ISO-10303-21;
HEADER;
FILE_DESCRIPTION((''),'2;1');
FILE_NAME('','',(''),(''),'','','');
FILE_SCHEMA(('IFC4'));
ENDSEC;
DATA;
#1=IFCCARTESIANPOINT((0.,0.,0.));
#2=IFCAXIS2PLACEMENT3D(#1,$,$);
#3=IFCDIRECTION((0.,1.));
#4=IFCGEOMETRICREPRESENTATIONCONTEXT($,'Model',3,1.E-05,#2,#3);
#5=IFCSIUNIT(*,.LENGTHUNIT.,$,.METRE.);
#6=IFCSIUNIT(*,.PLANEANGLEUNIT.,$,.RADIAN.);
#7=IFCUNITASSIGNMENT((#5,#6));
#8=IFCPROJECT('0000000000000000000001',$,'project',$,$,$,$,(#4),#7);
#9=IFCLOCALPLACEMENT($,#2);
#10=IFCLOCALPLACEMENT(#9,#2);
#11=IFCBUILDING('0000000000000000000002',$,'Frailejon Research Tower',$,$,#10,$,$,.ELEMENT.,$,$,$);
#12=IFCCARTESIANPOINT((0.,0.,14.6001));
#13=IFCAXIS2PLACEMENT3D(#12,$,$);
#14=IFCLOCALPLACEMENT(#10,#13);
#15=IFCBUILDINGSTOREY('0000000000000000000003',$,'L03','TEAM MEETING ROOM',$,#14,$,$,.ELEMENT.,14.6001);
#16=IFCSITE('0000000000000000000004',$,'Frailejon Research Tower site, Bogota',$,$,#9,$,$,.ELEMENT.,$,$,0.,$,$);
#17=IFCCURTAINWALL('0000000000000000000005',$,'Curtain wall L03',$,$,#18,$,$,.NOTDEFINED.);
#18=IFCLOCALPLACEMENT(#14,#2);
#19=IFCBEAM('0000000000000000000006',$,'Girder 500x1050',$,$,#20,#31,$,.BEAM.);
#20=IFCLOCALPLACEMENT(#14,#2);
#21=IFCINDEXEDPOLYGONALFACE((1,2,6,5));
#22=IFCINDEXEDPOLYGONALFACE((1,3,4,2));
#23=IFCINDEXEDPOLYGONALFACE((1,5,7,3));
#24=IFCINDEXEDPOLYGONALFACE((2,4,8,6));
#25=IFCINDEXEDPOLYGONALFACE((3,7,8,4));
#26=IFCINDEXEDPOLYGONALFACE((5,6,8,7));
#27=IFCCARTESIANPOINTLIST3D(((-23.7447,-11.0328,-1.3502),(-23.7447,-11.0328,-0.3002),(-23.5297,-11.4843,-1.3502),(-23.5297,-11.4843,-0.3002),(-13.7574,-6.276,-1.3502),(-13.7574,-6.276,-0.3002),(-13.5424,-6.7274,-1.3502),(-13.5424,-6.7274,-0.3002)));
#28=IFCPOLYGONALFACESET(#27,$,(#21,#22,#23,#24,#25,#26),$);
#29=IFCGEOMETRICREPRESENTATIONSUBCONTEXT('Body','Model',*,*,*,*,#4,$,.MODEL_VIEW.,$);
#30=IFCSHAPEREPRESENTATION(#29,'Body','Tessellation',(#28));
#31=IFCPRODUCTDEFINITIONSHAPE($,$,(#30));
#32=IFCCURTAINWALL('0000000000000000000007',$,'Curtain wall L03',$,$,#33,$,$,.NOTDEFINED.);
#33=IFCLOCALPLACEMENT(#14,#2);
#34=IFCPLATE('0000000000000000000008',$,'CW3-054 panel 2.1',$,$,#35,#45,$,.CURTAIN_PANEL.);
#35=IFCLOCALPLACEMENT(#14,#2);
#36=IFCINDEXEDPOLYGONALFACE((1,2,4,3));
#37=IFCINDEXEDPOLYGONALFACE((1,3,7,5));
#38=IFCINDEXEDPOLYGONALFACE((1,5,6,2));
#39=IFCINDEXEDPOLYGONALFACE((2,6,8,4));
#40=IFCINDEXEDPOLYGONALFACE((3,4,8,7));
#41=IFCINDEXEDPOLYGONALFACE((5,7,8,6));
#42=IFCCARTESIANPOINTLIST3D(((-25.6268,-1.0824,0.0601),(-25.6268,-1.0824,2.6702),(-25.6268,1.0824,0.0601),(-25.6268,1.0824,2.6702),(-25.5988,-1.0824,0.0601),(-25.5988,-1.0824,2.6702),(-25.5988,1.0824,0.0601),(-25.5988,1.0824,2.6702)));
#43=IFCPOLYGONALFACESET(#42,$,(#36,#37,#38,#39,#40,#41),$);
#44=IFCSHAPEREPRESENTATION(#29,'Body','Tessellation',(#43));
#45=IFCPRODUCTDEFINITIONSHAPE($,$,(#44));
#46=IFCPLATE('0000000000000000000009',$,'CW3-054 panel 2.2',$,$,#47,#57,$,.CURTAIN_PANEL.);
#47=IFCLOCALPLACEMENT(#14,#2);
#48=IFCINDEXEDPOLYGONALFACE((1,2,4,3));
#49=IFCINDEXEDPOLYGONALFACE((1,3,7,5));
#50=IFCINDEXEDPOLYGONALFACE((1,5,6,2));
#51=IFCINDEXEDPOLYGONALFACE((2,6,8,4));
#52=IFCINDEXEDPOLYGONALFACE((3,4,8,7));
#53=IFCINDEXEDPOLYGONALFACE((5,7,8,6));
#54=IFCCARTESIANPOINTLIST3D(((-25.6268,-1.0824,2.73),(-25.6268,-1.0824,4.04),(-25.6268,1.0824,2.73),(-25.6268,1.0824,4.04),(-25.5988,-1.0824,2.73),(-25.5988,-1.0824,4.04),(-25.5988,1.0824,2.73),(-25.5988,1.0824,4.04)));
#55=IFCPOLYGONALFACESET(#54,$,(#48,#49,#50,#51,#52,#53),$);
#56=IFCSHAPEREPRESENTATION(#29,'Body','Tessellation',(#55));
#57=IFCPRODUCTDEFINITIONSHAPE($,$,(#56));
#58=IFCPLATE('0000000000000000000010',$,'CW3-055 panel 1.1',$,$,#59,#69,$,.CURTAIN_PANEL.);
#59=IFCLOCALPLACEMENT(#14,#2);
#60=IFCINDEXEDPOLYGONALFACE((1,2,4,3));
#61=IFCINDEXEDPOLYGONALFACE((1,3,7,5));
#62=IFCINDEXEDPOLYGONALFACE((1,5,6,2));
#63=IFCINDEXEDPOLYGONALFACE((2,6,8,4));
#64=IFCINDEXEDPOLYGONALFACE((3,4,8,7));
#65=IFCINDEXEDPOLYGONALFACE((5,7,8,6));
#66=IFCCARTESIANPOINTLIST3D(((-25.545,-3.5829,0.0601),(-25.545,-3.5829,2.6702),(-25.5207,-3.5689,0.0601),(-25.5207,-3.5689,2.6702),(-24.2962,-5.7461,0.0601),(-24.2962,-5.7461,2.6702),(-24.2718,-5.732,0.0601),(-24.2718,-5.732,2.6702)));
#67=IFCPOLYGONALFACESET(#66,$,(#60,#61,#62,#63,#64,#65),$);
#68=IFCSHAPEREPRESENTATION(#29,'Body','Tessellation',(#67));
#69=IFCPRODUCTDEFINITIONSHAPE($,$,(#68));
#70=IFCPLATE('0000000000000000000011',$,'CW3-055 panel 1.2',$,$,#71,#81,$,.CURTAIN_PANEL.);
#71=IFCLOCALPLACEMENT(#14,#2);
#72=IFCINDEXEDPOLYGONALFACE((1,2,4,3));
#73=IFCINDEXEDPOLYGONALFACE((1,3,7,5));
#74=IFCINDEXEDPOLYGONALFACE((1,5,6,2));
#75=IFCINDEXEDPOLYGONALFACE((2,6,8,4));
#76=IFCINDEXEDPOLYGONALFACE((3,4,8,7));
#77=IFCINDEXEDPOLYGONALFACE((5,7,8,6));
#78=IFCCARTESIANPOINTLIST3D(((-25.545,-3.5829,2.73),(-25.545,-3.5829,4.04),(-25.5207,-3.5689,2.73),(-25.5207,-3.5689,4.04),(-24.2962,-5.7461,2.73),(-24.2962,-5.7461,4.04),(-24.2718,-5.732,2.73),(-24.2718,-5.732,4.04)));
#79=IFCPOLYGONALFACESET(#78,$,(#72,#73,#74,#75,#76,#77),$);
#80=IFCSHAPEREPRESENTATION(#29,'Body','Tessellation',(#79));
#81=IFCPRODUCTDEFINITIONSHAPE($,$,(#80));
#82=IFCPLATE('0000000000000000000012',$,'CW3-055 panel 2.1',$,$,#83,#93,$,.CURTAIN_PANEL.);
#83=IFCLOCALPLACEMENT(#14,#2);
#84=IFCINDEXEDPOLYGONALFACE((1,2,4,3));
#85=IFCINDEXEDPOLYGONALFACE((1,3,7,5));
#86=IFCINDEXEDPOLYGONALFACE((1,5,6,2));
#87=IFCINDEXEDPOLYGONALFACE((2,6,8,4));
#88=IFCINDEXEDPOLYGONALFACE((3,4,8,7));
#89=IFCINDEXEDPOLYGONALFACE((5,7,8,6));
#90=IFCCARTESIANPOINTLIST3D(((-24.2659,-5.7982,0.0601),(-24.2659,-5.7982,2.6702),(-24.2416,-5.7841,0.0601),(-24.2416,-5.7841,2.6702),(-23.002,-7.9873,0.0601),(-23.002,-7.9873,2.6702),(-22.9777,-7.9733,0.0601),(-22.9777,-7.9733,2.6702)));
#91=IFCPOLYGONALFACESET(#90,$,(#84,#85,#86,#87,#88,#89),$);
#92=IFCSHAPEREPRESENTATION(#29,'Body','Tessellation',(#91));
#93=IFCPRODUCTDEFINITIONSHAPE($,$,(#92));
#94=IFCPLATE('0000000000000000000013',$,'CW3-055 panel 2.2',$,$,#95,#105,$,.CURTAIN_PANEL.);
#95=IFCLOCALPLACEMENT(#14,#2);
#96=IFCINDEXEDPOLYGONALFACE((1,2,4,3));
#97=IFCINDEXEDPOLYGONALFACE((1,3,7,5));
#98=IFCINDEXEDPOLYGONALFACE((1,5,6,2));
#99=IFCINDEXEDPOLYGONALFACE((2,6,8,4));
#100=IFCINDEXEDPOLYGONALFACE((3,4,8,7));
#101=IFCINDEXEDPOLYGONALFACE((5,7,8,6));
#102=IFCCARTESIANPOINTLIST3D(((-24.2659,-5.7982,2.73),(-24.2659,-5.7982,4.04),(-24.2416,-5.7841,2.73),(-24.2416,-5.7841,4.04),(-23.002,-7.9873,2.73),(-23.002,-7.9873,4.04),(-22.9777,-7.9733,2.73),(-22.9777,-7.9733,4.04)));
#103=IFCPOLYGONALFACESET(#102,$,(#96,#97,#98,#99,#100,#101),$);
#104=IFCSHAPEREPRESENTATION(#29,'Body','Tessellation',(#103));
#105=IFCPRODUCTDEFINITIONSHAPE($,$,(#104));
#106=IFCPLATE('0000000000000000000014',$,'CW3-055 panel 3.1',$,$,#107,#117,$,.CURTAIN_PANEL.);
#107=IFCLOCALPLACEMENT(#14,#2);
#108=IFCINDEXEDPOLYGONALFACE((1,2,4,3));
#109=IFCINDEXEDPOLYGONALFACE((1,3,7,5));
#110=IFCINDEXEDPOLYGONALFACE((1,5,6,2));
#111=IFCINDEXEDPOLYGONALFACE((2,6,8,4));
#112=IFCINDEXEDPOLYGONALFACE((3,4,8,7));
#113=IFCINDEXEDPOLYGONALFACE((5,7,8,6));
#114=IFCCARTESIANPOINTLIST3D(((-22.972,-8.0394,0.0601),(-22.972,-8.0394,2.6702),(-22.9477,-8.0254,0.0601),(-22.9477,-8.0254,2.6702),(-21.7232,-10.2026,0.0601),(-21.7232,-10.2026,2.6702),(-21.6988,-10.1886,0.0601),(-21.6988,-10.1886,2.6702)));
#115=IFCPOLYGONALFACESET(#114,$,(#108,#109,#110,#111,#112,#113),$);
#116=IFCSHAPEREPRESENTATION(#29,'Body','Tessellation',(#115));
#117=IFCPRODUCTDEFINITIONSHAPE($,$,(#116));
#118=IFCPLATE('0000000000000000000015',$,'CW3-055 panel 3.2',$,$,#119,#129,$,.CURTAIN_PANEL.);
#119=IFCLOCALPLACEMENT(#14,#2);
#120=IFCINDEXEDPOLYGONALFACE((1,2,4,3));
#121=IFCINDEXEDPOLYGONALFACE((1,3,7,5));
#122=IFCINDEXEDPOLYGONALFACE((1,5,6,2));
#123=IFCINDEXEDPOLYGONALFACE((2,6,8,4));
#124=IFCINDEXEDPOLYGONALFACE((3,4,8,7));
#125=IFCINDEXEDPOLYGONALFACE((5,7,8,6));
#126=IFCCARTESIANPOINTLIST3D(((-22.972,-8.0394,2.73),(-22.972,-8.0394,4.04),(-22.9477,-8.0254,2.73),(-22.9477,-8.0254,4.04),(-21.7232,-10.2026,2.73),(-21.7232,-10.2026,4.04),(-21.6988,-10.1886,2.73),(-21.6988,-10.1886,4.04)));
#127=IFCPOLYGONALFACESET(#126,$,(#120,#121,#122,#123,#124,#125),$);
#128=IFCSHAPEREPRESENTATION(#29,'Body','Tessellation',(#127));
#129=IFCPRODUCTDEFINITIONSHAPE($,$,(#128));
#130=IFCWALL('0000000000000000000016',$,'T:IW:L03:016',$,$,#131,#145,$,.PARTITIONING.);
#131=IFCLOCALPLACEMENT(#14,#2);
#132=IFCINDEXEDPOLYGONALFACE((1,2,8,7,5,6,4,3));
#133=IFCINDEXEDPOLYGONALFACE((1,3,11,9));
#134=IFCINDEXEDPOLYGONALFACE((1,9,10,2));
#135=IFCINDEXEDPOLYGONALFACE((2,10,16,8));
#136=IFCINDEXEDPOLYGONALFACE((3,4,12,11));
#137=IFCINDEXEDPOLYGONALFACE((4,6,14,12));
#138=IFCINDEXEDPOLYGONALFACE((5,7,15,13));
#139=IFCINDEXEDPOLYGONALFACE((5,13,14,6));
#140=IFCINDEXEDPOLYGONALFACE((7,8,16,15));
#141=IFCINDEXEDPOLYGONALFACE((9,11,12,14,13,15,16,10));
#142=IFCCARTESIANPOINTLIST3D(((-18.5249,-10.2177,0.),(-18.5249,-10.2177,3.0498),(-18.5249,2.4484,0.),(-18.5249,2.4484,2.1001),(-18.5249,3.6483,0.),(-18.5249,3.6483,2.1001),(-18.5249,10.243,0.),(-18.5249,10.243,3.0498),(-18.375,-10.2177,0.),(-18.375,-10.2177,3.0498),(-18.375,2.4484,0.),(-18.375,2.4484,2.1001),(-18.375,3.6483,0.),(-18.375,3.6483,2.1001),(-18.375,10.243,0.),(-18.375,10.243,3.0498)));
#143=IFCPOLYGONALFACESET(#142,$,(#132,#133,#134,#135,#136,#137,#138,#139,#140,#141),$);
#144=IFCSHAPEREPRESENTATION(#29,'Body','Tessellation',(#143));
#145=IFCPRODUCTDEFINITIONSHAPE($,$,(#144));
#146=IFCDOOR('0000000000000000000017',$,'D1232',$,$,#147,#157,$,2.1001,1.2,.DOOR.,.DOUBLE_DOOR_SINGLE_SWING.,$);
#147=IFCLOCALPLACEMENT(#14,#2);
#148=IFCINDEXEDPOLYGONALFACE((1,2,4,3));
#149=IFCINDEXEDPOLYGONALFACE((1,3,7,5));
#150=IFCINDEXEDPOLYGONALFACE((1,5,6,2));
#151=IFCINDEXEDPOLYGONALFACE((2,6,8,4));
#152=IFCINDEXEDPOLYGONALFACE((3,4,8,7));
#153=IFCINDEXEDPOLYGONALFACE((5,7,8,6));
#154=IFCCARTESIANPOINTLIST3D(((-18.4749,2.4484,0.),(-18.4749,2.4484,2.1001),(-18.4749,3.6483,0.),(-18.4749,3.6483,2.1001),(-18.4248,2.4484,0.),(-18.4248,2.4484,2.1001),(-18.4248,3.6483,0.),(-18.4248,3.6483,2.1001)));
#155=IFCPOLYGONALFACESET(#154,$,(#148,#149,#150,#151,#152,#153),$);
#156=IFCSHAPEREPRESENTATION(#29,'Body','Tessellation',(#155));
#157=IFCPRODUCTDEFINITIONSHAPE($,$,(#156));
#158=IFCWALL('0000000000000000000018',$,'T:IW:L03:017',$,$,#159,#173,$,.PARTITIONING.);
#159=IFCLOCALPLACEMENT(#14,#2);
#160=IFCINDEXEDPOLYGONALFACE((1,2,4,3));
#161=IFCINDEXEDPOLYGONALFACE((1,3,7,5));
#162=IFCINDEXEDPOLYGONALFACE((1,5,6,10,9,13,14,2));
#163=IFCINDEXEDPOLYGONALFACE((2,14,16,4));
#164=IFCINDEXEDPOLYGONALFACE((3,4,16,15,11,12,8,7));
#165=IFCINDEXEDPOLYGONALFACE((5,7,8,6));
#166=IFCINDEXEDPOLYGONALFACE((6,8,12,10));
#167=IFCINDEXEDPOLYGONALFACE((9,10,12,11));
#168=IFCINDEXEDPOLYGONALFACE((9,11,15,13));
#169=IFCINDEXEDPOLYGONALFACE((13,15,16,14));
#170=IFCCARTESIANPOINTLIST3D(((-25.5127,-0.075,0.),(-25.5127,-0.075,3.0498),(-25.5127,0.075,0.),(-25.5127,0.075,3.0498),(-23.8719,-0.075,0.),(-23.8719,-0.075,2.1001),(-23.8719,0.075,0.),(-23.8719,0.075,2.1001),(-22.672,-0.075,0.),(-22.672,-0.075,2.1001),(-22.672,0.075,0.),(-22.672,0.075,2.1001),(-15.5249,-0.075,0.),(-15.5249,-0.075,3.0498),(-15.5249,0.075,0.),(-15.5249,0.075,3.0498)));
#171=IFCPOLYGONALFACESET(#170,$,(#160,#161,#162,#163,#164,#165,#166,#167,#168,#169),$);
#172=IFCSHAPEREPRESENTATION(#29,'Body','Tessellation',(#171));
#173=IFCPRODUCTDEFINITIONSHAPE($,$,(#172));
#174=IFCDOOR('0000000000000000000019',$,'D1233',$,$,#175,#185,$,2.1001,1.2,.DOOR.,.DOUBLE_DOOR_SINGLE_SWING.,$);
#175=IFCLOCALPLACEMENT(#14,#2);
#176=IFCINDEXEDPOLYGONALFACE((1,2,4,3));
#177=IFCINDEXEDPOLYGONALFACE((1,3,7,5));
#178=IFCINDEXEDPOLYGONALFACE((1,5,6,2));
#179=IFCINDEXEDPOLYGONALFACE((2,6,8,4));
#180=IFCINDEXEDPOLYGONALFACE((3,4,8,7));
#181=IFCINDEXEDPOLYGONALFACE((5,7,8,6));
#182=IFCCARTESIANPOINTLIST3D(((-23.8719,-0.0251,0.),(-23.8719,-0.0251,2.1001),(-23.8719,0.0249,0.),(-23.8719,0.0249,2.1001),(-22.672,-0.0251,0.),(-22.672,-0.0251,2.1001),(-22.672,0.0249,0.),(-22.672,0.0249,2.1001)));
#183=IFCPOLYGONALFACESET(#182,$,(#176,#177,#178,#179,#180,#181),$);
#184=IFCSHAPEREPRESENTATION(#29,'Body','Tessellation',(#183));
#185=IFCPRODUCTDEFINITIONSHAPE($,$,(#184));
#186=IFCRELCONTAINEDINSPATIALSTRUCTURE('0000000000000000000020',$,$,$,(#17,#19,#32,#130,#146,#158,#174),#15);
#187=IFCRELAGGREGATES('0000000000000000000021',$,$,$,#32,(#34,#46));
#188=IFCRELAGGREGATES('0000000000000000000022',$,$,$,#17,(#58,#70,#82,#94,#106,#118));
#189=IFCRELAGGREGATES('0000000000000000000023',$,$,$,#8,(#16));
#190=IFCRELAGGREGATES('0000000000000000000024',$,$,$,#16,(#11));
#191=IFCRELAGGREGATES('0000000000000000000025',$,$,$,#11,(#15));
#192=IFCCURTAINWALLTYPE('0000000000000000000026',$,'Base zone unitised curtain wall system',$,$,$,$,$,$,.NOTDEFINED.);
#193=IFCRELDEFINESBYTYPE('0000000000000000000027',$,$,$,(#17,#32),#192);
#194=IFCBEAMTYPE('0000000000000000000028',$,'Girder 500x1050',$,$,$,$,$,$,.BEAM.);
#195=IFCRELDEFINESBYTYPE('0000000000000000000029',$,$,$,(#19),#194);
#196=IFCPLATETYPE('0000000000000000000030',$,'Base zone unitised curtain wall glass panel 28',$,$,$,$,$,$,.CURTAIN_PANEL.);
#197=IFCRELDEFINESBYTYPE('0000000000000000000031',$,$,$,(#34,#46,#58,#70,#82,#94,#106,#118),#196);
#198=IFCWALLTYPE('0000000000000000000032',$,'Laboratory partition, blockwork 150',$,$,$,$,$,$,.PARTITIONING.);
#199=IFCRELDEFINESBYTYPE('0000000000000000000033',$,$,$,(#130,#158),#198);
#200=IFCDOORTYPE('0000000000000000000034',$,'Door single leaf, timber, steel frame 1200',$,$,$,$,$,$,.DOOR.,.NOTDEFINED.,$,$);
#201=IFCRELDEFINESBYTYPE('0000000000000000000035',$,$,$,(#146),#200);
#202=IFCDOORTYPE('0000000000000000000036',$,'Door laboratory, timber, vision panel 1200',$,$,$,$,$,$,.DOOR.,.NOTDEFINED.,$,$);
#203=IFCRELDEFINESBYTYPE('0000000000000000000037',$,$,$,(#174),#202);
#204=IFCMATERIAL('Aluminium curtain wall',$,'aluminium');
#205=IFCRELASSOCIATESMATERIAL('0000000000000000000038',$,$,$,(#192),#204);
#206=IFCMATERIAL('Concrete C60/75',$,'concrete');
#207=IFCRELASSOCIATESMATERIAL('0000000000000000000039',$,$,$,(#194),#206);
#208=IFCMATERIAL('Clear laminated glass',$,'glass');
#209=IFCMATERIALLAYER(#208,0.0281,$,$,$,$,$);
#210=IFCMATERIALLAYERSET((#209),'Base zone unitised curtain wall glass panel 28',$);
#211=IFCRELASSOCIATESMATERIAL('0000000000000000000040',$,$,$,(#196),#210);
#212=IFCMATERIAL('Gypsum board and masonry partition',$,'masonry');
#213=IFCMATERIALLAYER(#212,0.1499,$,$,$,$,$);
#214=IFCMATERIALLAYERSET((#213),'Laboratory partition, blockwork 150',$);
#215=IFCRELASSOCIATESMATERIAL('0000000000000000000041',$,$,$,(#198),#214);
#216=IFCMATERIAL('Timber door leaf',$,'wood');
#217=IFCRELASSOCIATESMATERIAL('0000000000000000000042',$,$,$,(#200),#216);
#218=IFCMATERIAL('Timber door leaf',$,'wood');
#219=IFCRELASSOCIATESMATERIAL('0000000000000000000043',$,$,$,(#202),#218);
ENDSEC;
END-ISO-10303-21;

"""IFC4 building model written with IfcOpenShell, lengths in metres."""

from ifc_helpers import new_model, si_unit, direction, frame, frame_2d, origin, origin_2d, place, context, subcontext, project, spatial, rectangle, extrude, material, layer, layer_set, material_profile, profile_set, type_object, element, fill, aggregate, save


model = new_model("IFC4")

# Units and contexts
model_context = context("Model", 3, precision=1e-05, world=origin(), true_north=direction((0.0, 1.0)))
body_context = subcontext(model_context, "Body", "Model", "MODEL_VIEW")
ifc_project = project(units=[si_unit("LENGTHUNIT", "METRE"), si_unit("PLANEANGLEUNIT", "RADIAN")], contexts=[model_context])

# Site, building, storey
site_placement = place(None, origin())
site = spatial("IfcSite", under=ifc_project, at=site_placement, Name="Frailejon Research Tower site, Bogota", CompositionType="ELEMENT", RefElevation=0.0)
building_placement = place(site_placement, origin())
building = spatial("IfcBuilding", under=site, at=building_placement, Name="Frailejon Research Tower", CompositionType="ELEMENT")
storey_placement = place(building_placement, frame((0.0, 0.0, 14.6001)))
storey = spatial("IfcBuildingStorey", under=building, at=storey_placement, Name="L03", Description="TEAM MEETING ROOM", CompositionType="ELEMENT", Elevation=14.6001)

# Curtain wall
ifc_material_1 = material(Name="Aluminium curtain wall", Category="aluminium")
curtain_wall_type = type_object("IfcCurtainWallType", Name="Base zone unitised curtain wall system", PredefinedType="NOTDEFINED", material=ifc_material_1)
curtain_wall_1_placement = place(storey_placement, origin())
curtain_wall_1 = element("IfcCurtainWall", 1, at=curtain_wall_1_placement, inside=storey, type_object=curtain_wall_type, Name="Curtain wall L03", PredefinedType="NOTDEFINED")

# Beam
ifc_material_2 = material(Name="Concrete C60/75", Category="concrete")
ifc_material_profile_1 = material_profile(ifc_material_2, rectangle(XDim=0.5, YDim=1.05, at=origin_2d()), Name="Girder 500x1050")
ifc_profile_set_1 = profile_set([ifc_material_profile_1], Name="Concrete C60/75")
beam_type = type_object("IfcBeamType", Name="Girder 500x1050", PredefinedType="BEAM", material=ifc_profile_set_1)
beam_placement = place(storey_placement, frame((-23.6372, -11.2585, -0.8252), z_axis=(0.902826, 0.430006, 0.0), x_axis=(-0.430006, 0.902826, 0.0)))
element("IfcBeam", 2, at=beam_placement, inside=storey, type_object=beam_type, Name="Girder 500x1050", PredefinedType="BEAM", context=body_context, shape_type="SweptSolid", body=[
    extrude(rectangle(XDim=0.5, YDim=1.05, at=origin_2d()), origin(), (0.0, 0.0, 1.0), 11.0623),
])

# Curtain wall, plates
curtain_wall_2_placement = place(storey_placement, origin())
curtain_wall_2 = element("IfcCurtainWall", 3, at=curtain_wall_2_placement, inside=storey, type_object=curtain_wall_type, Name="Curtain wall L03", PredefinedType="NOTDEFINED")
ifc_material_3 = material(Name="Clear laminated glass", Category="glass")
ifc_layer_1 = layer(ifc_material_3, 0.0281)
ifc_layer_set_1 = layer_set([ifc_layer_1], Name="Base zone unitised curtain wall glass panel 28")
plate_type = type_object("IfcPlateType", Name="Base zone unitised curtain wall glass panel 28", PredefinedType="CURTAIN_PANEL", material=ifc_layer_set_1)
plate_1_placement = place(storey_placement, frame((-25.6128, 0.0, 0.0601), z_axis=(0.0, 0.0, 1.0), x_axis=(0.0, -1.0, 0.0)))
plate_1 = element("IfcPlate", 4, at=plate_1_placement, type_object=plate_type, Name="CW3-054 panel 2.1", PredefinedType="CURTAIN_PANEL", context=body_context, shape_type="SweptSolid", body=[
    extrude(rectangle(XDim=2.1648, YDim=0.0281, at=origin_2d()), origin(), (0.0, 0.0, 1.0), 2.6101),
])
plate_2_placement = place(storey_placement, frame((-25.6128, 0.0, 2.73), z_axis=(0.0, 0.0, 1.0), x_axis=(0.0, -1.0, 0.0)))
plate_2 = element("IfcPlate", 5, at=plate_2_placement, type_object=plate_type, Name="CW3-054 panel 2.2", PredefinedType="CURTAIN_PANEL", context=body_context, shape_type="SweptSolid", body=[
    extrude(rectangle(XDim=2.1648, YDim=0.0281, at=origin_2d()), origin(), (0.0, 0.0, 1.0), 1.3101),
])
aggregate(curtain_wall_2, [plate_1, plate_2])

# Plates
plate_3_placement = place(storey_placement, frame((-24.9084, -4.6575, 0.0601), z_axis=(0.0, 0.0, 1.0), x_axis=(0.499993, -0.866029, 0.0)))
plate_3 = element("IfcPlate", 6, at=plate_3_placement, type_object=plate_type, Name="CW3-055 panel 1.1", PredefinedType="CURTAIN_PANEL", context=body_context, shape_type="SweptSolid", body=[
    extrude(rectangle(XDim=2.4978, YDim=0.0281, at=origin_2d()), origin(), (0.0, 0.0, 1.0), 2.6101),
])
plate_4_placement = place(storey_placement, frame((-24.9084, -4.6575, 2.73), z_axis=(0.0, 0.0, 1.0), x_axis=(0.499993, -0.866029, 0.0)))
plate_4 = element("IfcPlate", 7, at=plate_4_placement, type_object=plate_type, Name="CW3-055 panel 1.2", PredefinedType="CURTAIN_PANEL", context=body_context, shape_type="SweptSolid", body=[
    extrude(rectangle(XDim=2.4978, YDim=0.0281, at=origin_2d()), origin(), (0.0, 0.0, 1.0), 1.3101),
])
plate_5_placement = place(storey_placement, frame((-23.6218, -6.8857, 0.0601), z_axis=(0.0, 0.0, 1.0), x_axis=(0.499993, -0.866029, 0.0)))
plate_5 = element("IfcPlate", 8, at=plate_5_placement, type_object=plate_type, Name="CW3-055 panel 2.1", PredefinedType="CURTAIN_PANEL", context=body_context, shape_type="SweptSolid", body=[
    extrude(rectangle(XDim=2.5278, YDim=0.0281, at=origin_2d()), origin(), (0.0, 0.0, 1.0), 2.6101),
])
plate_6_placement = place(storey_placement, frame((-23.6218, -6.8857, 2.73), z_axis=(0.0, 0.0, 1.0), x_axis=(0.499993, -0.866029, 0.0)))
plate_6 = element("IfcPlate", 9, at=plate_6_placement, type_object=plate_type, Name="CW3-055 panel 2.2", PredefinedType="CURTAIN_PANEL", context=body_context, shape_type="SweptSolid", body=[
    extrude(rectangle(XDim=2.5278, YDim=0.0281, at=origin_2d()), origin(), (0.0, 0.0, 1.0), 1.3101),
])
plate_7_placement = place(storey_placement, frame((-22.3354, -9.114, 0.0601), z_axis=(0.0, 0.0, 1.0), x_axis=(0.499993, -0.866029, 0.0)))
plate_7 = element("IfcPlate", 10, at=plate_7_placement, type_object=plate_type, Name="CW3-055 panel 3.1", PredefinedType="CURTAIN_PANEL", context=body_context, shape_type="SweptSolid", body=[
    extrude(rectangle(XDim=2.4978, YDim=0.0281, at=origin_2d()), origin(), (0.0, 0.0, 1.0), 2.6101),
])
plate_8_placement = place(storey_placement, frame((-22.3354, -9.114, 2.73), z_axis=(0.0, 0.0, 1.0), x_axis=(0.499993, -0.866029, 0.0)))
plate_8 = element("IfcPlate", 11, at=plate_8_placement, type_object=plate_type, Name="CW3-055 panel 3.2", PredefinedType="CURTAIN_PANEL", context=body_context, shape_type="SweptSolid", body=[
    extrude(rectangle(XDim=2.4978, YDim=0.0281, at=origin_2d()), origin(), (0.0, 0.0, 1.0), 1.3101),
])
aggregate(curtain_wall_1, [plate_3, plate_4, plate_5, plate_6, plate_7, plate_8])

# Walls, openings, doors
ifc_material_4 = material(Name="Gypsum board and masonry partition", Category="masonry")
ifc_layer_2 = layer(ifc_material_4, 0.1499)
ifc_layer_set_2 = layer_set([ifc_layer_2], Name="Laboratory partition, blockwork 150")
wall_type_1 = type_object("IfcWallType", Name="Laboratory partition, blockwork 150", PredefinedType="PARTITIONING", material=ifc_layer_set_2)
wall_1_placement = place(storey_placement, frame((-18.45, -10.2178, 0.0), z_axis=(0.0, 0.0, 1.0), x_axis=(0.0, 1.0, 0.0)))
wall_1 = element("IfcWall", 12, at=wall_1_placement, inside=storey, type_object=wall_type_1, Name="T:IW:L03:016", PredefinedType="PARTITIONING", context=body_context, shape_type="SweptSolid", body=[
    extrude(rectangle(XDim=20.4607, YDim=0.1499, at=frame_2d((10.2305, 0.0))), origin(), (0.0, 0.0, 1.0), 3.0498),
])
opening_1_placement = place(wall_1_placement, frame((12.666, 0.0, 0.0)))
opening_1 = element("IfcOpeningElement", 13, at=opening_1_placement, cuts=wall_1, PredefinedType="OPENING", context=body_context, shape_type="SweptSolid", body=[
    extrude(rectangle(XDim=1.2, YDim=2.1001, at=frame_2d((0.6001, 1.05))), frame((0.0, 0.085, 0.0), z_axis=(0.0, -1.0, 0.0), x_axis=(1.0, 0.0, 0.0)), (0.0, 0.0, 1.0), 0.1699),
])
ifc_material_5 = material(Name="Timber door leaf", Category="wood")
door_type_1 = type_object("IfcDoorType", Name="Door single leaf, timber, steel frame 1200", OperationType="NOTDEFINED", PredefinedType="DOOR", material=ifc_material_5)
door_1_placement = place(opening_1_placement, origin())
door_1 = element("IfcDoor", 14, at=door_1_placement, inside=storey, type_object=door_type_1, Name="D1232", OperationType="DOUBLE_DOOR_SINGLE_SWING", OverallHeight=2.1001, OverallWidth=1.2, PredefinedType="DOOR", context=body_context, shape_type="SweptSolid", body=[
    extrude(rectangle(XDim=1.2, YDim=2.1001, at=frame_2d((0.6001, 1.05))), frame((0.0, 0.0249, 0.0), z_axis=(0.0, -1.0, 0.0), x_axis=(1.0, 0.0, 0.0)), (0.0, 0.0, 1.0), 0.05),
])
fill(opening_1, door_1)
wall_2_placement = place(storey_placement, frame((-25.5127, 0.0, 0.0), z_axis=(0.0, 0.0, 1.0), x_axis=(1.0, 0.0, 0.0)))
wall_2 = element("IfcWall", 15, at=wall_2_placement, inside=storey, type_object=wall_type_1, Name="T:IW:L03:017", PredefinedType="PARTITIONING", context=body_context, shape_type="SweptSolid", body=[
    extrude(rectangle(XDim=9.9878, YDim=0.1499, at=frame_2d((4.9939, 0.0))), origin(), (0.0, 0.0, 1.0), 3.0498),
])
opening_2_placement = place(wall_2_placement, frame((1.6406, 0.0, 0.0)))
opening_2 = element("IfcOpeningElement", 16, at=opening_2_placement, cuts=wall_2, PredefinedType="OPENING", context=body_context, shape_type="SweptSolid", body=[
    extrude(rectangle(XDim=1.2, YDim=2.1001, at=frame_2d((0.6001, 1.05))), frame((0.0, 0.085, 0.0), z_axis=(0.0, -1.0, 0.0), x_axis=(1.0, 0.0, 0.0)), (0.0, 0.0, 1.0), 0.1699),
])
ifc_material_6 = material(Name="Timber door leaf", Category="wood")
door_type_2 = type_object("IfcDoorType", Name="Door laboratory, timber, vision panel 1200", OperationType="NOTDEFINED", PredefinedType="DOOR", material=ifc_material_6)
door_2_placement = place(opening_2_placement, origin())
door_2 = element("IfcDoor", 17, at=door_2_placement, inside=storey, type_object=door_type_2, Name="D1233", OperationType="DOUBLE_DOOR_SINGLE_SWING", OverallHeight=2.1001, OverallWidth=1.2, PredefinedType="DOOR", context=body_context, shape_type="SweptSolid", body=[
    extrude(rectangle(XDim=1.2, YDim=2.1001, at=frame_2d((0.6001, 1.05))), frame((0.0, 0.0249, 0.0), z_axis=(0.0, -1.0, 0.0), x_axis=(1.0, 0.0, 0.0)), (0.0, 0.0, 1.0), 0.05),
])
fill(opening_2, door_2)

save(model, "model.ifc")
